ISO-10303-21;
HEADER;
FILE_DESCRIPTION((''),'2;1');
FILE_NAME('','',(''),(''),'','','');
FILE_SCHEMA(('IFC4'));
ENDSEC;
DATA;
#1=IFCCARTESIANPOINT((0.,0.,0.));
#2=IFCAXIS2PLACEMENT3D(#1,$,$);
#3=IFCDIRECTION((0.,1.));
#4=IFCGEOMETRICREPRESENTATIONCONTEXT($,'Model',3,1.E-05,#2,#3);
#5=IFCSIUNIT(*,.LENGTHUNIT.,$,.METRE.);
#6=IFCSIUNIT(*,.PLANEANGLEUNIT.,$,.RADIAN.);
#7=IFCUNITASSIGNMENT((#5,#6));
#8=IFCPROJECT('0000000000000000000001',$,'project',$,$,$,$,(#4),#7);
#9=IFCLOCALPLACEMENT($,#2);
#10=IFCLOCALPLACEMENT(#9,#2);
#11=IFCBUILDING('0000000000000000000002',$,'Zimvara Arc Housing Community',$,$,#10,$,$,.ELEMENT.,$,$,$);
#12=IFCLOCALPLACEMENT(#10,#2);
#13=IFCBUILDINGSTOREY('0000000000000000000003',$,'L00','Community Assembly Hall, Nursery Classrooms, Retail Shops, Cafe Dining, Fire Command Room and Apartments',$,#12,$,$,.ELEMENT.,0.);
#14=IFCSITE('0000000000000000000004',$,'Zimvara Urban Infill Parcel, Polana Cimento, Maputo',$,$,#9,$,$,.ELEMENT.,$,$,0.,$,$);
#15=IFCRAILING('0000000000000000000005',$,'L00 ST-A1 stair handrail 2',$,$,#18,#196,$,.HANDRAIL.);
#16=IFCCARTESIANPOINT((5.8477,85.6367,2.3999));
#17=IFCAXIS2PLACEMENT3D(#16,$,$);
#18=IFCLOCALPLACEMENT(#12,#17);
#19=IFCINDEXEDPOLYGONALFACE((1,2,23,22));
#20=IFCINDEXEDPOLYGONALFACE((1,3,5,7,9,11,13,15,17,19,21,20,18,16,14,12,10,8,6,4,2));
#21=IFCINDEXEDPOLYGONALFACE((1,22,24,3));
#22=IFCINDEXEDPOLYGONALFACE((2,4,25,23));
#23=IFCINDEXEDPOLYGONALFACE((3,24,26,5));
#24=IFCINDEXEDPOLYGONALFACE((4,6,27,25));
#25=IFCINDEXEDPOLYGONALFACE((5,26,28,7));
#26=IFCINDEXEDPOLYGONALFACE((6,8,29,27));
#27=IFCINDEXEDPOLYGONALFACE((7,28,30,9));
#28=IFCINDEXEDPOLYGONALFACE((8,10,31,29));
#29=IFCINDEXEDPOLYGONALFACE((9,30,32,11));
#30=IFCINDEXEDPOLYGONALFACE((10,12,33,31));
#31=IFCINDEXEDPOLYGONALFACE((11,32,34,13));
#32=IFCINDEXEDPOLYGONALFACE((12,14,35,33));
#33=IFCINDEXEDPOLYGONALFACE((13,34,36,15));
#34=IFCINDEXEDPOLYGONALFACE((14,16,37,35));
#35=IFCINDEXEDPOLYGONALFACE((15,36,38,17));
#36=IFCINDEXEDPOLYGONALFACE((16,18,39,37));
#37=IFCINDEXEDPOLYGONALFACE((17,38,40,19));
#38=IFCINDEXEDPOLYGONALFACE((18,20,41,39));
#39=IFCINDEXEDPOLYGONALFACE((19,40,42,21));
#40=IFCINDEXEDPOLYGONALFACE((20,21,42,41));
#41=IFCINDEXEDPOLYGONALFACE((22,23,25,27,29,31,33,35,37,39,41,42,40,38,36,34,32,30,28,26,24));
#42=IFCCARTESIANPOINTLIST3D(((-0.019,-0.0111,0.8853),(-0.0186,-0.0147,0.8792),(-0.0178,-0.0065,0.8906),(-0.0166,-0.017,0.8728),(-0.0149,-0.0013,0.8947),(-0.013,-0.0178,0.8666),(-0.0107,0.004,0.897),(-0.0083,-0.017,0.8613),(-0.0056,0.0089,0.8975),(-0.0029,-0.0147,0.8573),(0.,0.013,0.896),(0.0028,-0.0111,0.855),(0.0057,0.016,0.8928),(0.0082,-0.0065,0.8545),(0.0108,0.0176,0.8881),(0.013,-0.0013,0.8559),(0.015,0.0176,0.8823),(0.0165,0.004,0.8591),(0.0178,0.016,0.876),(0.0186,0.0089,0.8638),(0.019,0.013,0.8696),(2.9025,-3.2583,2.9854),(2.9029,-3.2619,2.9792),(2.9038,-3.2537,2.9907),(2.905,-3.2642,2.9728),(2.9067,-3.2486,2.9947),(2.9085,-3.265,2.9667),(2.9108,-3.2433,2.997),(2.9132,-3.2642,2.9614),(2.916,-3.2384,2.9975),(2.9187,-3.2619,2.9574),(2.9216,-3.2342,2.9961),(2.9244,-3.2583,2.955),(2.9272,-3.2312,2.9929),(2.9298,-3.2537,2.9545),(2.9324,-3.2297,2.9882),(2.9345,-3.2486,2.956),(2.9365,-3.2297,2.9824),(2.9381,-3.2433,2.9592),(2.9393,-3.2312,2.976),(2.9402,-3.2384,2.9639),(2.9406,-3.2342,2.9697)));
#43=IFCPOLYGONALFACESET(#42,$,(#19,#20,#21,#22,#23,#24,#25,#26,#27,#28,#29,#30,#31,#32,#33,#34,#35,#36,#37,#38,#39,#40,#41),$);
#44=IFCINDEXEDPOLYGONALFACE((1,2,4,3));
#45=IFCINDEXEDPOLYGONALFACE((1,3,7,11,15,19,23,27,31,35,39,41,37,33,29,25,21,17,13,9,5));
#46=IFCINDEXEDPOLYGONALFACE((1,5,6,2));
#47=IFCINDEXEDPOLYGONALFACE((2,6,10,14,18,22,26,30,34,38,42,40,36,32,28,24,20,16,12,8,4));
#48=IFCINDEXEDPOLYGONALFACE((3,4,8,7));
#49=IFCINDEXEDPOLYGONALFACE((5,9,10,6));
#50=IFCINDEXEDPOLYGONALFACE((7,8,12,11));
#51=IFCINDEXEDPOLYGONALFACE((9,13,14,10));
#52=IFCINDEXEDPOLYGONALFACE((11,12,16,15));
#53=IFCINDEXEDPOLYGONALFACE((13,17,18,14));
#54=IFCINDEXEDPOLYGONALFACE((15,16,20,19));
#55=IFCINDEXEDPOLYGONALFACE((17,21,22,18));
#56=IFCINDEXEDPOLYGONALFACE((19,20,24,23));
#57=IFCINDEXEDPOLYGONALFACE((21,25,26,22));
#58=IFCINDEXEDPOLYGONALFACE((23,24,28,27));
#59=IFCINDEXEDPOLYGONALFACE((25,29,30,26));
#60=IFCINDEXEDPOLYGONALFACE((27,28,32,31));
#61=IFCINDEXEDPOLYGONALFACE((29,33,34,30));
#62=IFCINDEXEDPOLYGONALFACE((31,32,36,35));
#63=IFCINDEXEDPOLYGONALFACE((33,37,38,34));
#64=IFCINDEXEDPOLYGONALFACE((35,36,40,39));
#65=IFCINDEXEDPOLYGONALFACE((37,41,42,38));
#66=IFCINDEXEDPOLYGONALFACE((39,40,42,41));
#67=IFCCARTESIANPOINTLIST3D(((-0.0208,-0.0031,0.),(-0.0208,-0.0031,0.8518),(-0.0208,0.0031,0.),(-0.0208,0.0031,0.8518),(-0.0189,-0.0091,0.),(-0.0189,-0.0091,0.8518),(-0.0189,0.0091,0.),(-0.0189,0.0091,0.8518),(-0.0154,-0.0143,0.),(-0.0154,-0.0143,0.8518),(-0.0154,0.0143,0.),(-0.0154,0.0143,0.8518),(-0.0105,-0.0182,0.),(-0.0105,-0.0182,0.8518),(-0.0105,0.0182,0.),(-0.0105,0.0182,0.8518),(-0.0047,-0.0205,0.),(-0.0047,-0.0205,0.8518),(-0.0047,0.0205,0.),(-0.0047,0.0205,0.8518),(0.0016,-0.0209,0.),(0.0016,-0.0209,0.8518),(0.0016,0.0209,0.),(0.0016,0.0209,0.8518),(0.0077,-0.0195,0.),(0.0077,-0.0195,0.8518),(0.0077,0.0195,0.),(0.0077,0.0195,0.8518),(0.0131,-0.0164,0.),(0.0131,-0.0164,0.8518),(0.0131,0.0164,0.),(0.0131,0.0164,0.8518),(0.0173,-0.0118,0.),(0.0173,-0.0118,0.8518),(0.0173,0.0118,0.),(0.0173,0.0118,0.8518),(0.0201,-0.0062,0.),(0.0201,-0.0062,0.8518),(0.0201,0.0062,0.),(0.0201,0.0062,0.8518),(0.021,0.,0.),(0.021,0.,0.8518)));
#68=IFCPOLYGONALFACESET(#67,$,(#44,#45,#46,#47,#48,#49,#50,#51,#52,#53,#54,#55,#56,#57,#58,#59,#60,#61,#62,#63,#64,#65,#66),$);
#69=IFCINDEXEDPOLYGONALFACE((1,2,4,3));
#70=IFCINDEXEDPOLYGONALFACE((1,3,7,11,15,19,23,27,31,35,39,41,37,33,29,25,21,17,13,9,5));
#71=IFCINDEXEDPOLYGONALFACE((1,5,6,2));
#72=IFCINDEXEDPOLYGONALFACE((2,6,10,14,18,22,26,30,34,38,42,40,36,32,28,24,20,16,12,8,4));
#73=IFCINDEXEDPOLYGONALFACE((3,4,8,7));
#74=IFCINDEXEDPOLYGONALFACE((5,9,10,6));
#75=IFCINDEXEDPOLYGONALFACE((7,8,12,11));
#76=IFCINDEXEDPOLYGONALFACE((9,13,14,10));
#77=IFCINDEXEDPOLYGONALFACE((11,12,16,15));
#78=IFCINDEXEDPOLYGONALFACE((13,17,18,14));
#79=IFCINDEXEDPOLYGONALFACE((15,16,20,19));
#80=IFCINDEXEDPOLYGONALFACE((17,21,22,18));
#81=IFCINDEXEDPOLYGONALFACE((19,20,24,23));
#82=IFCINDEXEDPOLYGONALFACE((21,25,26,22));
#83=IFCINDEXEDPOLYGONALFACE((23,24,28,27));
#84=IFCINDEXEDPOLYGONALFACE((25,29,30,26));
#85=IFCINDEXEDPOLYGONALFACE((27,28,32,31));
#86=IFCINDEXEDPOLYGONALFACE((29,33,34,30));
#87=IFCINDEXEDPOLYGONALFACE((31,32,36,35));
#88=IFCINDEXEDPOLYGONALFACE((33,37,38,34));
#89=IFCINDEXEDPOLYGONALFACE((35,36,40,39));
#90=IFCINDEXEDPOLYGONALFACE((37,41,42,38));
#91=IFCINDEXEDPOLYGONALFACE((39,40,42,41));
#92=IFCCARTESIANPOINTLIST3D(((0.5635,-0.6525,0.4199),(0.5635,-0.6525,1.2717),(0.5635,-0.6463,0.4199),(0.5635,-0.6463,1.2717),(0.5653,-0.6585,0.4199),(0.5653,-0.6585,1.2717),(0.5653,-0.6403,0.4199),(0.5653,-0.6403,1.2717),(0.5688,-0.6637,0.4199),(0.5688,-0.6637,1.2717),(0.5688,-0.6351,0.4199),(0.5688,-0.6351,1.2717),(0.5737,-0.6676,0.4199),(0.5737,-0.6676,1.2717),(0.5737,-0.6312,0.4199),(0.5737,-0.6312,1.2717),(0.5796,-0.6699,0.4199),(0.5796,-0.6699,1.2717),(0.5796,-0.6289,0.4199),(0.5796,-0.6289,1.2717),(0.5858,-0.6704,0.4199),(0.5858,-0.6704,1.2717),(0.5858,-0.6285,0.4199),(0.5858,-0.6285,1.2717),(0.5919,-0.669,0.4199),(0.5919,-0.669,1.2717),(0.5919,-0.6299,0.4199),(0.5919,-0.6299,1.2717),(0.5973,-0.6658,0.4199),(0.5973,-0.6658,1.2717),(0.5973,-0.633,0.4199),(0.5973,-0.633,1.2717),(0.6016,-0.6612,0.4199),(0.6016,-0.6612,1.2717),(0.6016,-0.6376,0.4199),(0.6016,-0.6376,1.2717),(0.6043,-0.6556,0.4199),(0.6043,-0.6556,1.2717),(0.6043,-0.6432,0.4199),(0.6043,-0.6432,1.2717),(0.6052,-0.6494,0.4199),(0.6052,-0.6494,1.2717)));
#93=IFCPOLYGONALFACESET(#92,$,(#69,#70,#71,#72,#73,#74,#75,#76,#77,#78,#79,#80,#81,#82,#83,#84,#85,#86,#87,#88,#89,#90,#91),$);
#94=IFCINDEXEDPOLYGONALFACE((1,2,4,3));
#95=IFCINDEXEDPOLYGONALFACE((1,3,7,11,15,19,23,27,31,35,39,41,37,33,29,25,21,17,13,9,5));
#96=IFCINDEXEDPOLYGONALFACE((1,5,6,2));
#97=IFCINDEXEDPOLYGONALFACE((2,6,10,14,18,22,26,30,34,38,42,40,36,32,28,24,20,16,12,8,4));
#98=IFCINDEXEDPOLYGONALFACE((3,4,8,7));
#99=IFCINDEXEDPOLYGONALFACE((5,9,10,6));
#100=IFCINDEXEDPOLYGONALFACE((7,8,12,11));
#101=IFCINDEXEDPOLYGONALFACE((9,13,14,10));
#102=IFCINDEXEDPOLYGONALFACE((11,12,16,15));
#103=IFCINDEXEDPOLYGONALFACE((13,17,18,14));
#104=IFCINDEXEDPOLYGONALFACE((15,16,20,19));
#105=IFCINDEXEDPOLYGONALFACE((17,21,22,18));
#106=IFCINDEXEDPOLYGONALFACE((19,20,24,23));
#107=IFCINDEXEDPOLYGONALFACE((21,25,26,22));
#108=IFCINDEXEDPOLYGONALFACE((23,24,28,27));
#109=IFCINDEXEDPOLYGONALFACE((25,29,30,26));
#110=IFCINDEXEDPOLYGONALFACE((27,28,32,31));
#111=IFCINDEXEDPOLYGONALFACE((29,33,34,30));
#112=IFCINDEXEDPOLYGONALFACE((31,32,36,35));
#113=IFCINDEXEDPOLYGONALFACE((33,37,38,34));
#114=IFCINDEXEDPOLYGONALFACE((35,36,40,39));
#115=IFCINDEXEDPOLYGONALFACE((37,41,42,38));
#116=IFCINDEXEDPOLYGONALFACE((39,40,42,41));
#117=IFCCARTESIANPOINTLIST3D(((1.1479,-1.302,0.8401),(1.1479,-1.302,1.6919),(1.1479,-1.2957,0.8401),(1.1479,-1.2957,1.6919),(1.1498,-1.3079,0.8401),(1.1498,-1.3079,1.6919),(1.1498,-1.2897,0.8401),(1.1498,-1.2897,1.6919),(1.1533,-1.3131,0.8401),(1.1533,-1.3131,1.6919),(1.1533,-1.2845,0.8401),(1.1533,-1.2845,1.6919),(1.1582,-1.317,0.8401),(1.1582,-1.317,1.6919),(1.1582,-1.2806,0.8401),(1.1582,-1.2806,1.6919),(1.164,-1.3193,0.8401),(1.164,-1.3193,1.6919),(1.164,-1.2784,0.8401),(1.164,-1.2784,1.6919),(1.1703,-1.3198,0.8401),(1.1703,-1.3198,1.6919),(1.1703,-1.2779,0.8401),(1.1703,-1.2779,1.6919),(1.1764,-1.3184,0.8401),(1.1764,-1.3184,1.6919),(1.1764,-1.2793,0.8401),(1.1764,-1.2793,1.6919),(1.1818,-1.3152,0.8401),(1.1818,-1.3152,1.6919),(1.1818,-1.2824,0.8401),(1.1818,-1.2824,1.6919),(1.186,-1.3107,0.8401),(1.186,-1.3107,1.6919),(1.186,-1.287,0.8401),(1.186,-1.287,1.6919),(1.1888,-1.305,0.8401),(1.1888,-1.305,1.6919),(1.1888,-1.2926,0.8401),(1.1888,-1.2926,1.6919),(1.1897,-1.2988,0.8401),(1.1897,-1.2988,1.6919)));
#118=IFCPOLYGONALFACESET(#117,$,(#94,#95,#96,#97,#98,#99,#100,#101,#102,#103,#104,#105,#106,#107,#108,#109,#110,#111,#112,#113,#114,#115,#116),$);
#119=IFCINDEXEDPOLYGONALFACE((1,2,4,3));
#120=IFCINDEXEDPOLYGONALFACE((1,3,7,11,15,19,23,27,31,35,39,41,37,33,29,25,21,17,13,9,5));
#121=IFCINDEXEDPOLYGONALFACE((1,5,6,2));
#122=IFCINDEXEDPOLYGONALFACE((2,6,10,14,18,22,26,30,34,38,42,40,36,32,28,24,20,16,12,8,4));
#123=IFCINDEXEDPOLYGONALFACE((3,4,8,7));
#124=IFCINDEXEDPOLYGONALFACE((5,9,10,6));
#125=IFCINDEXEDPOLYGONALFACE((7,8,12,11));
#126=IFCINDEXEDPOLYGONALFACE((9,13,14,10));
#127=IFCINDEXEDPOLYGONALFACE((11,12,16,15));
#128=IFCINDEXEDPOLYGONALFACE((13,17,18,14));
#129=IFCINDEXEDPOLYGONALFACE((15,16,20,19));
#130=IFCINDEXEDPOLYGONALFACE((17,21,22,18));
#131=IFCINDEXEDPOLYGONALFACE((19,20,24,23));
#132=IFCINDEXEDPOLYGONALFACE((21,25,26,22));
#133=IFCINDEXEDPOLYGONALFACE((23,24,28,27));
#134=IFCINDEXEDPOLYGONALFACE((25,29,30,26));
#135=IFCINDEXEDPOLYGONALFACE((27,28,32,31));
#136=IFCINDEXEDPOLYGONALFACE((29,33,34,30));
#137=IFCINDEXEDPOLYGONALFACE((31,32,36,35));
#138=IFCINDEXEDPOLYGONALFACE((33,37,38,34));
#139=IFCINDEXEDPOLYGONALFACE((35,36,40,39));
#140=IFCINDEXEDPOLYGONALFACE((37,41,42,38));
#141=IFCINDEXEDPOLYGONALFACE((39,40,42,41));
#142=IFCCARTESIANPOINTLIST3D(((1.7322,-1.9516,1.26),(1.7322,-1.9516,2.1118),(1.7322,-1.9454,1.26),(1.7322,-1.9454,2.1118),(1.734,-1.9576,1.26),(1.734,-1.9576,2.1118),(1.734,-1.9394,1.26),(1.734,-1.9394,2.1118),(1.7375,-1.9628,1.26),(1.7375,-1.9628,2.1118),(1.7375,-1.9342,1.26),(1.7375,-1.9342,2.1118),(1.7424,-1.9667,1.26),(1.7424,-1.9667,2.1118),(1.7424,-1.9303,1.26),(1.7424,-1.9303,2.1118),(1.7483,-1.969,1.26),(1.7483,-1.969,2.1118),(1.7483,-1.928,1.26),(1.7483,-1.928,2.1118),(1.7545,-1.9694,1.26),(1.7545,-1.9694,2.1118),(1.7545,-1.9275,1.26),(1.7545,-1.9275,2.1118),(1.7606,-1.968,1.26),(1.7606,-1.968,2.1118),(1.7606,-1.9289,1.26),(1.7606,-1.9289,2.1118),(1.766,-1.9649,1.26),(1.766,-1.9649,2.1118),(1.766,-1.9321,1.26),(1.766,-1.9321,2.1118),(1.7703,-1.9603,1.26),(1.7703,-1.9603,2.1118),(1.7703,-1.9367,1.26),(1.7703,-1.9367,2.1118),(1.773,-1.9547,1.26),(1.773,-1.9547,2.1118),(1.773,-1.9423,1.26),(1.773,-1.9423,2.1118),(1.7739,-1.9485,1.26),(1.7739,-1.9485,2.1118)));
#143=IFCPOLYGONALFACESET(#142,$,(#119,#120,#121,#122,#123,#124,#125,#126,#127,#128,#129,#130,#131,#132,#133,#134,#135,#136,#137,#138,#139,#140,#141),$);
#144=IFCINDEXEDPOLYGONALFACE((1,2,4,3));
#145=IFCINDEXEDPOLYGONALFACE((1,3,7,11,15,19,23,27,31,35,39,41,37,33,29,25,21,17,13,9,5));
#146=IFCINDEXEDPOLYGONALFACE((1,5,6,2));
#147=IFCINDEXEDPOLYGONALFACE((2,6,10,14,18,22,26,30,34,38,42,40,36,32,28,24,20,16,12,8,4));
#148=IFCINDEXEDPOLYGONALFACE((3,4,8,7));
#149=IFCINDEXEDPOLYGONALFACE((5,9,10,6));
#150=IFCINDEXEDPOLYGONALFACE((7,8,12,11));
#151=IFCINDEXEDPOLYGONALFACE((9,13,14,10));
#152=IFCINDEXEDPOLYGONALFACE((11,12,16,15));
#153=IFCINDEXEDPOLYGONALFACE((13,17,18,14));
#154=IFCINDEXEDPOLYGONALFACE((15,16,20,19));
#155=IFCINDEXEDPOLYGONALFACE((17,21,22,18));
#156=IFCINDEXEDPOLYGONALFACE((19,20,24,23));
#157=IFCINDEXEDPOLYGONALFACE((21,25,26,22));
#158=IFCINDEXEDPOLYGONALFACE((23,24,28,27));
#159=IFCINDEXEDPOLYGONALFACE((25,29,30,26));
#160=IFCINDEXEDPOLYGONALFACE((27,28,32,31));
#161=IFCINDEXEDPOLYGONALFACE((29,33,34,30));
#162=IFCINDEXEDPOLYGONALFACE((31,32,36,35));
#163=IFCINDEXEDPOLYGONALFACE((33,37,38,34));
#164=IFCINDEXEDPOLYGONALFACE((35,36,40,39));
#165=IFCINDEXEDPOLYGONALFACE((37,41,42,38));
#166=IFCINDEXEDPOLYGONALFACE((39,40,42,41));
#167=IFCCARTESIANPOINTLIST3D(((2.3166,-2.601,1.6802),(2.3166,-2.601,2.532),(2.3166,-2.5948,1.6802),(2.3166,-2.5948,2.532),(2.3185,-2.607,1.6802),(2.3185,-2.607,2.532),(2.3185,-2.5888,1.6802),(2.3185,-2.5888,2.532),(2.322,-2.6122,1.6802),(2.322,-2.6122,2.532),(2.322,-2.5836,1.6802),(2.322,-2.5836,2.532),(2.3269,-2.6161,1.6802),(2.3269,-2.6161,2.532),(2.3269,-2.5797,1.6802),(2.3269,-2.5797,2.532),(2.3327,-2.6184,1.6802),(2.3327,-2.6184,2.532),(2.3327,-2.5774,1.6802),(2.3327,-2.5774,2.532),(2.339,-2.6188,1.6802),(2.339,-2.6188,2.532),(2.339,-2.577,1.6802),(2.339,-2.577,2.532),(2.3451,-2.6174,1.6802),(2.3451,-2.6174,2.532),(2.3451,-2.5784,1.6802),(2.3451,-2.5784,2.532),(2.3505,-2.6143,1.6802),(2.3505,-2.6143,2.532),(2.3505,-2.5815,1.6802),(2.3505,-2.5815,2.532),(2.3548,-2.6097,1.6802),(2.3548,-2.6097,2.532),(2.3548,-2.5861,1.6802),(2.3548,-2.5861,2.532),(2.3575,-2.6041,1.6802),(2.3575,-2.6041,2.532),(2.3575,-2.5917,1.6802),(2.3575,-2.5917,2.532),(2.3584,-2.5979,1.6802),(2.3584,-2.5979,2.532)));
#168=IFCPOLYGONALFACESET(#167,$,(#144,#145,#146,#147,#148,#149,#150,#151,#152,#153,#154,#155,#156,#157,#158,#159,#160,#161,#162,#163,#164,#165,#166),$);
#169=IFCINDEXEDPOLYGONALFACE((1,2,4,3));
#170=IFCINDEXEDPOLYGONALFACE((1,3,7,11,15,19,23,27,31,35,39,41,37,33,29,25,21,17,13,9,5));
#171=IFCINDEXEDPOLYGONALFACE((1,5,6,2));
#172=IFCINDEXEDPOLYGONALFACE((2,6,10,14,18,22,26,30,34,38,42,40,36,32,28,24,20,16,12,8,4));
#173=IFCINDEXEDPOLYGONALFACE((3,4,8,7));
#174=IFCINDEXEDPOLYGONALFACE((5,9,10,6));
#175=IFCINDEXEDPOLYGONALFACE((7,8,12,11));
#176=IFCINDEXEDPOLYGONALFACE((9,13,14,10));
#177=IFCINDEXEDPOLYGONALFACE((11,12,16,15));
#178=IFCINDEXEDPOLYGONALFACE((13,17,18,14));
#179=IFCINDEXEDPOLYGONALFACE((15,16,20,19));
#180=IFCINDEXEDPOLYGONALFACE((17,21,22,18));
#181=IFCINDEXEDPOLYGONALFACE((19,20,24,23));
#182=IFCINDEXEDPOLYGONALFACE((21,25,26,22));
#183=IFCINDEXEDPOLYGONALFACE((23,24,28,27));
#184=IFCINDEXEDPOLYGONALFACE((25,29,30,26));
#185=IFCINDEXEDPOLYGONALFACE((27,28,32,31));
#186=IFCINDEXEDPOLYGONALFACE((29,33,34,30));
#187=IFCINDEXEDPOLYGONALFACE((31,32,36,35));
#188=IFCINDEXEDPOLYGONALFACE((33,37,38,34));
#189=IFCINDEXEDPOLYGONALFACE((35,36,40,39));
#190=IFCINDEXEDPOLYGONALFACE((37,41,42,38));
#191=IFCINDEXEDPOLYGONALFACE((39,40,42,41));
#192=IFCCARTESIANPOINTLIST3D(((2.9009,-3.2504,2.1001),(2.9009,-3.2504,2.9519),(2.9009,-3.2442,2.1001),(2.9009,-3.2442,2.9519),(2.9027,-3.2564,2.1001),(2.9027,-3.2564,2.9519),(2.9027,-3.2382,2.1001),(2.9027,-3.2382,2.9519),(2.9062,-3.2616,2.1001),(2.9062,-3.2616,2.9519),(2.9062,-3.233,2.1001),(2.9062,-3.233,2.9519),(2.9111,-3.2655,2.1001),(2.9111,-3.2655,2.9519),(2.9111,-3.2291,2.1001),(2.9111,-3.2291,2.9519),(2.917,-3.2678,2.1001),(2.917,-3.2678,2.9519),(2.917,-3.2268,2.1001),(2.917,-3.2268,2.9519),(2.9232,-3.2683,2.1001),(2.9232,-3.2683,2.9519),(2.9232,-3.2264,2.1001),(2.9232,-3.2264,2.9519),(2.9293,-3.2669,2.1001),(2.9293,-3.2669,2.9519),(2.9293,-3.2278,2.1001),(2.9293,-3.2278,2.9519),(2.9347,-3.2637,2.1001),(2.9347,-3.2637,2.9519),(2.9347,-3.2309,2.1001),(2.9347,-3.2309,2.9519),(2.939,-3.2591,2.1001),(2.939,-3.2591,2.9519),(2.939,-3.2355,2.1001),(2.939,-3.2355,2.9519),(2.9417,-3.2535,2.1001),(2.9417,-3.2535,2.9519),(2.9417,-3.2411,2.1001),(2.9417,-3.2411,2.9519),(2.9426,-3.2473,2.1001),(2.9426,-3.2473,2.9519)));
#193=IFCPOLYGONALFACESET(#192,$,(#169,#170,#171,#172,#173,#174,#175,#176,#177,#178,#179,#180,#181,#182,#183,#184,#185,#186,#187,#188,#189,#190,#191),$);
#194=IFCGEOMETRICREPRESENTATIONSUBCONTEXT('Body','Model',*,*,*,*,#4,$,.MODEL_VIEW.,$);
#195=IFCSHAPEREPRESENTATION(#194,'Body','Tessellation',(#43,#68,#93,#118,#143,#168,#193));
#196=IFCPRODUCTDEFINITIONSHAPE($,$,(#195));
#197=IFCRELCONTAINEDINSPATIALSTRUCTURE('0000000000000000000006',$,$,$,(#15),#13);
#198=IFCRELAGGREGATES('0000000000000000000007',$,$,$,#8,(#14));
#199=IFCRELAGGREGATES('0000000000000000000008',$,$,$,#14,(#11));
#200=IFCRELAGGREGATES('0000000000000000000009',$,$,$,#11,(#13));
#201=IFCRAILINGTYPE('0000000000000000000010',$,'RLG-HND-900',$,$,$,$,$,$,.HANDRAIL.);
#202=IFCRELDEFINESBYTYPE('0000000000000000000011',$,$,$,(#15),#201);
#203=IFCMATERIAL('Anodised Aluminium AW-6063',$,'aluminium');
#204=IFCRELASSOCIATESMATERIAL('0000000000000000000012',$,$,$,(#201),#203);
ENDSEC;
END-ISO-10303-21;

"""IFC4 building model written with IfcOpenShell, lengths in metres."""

from ifc_helpers import new_model, si_unit, direction, frame, origin, origin_2d, place, context, subcontext, project, spatial, circle, extrude, material, type_object, element, save


model = new_model("IFC4")

# Units and contexts
model_context = context("Model", 3, precision=1e-05, world=origin(), true_north=direction((0.0, 1.0)))
body_context = subcontext(model_context, "Body", "Model", "MODEL_VIEW")
ifc_project = project(units=[si_unit("LENGTHUNIT", "METRE"), si_unit("PLANEANGLEUNIT", "RADIAN")], contexts=[model_context])

# Site, building, storey
site_placement = place(None, origin())
site = spatial("IfcSite", under=ifc_project, at=site_placement, Name="Zimvara Urban Infill Parcel, Polana Cimento, Maputo", CompositionType="ELEMENT", RefElevation=0.0)
building_placement = place(site_placement, origin())
building = spatial("IfcBuilding", under=site, at=building_placement, Name="Zimvara Arc Housing Community", CompositionType="ELEMENT")
storey_placement = place(building_placement, origin())
storey = spatial("IfcBuildingStorey", under=building, at=storey_placement, Name="L00", Description="Community Assembly Hall, Nursery Classrooms, Retail Shops, Cafe Dining, Fire Command Room and Apartments", CompositionType="ELEMENT", Elevation=0.0)

# Railing
ifc_material_1 = material(Name="Anodised Aluminium AW-6063", Category="aluminium")
railing_type_1 = type_object("IfcRailingType", Name="RLG-HND-900", PredefinedType="HANDRAIL", material=ifc_material_1)
railing_1_placement = place(storey_placement, frame((5.8477, 85.6367, 2.3999)))
element("IfcRailing", 1, at=railing_1_placement, inside=storey, type_object=railing_type_1, Name="L00 ST-A1 stair handrail 2", PredefinedType="HANDRAIL", context=body_context, shape_type="SweptSolid", body=[
    extrude(circle(Radius=0.0239, at=origin_2d()), frame((0.0, 0.0, 0.876), z_axis=(0.602797, -0.669993, 0.433296), x_axis=(0.743403, 0.668844, 0.0)), (0.0, 0.0, 1.0), 4.8467),
    extrude(circle(Radius=0.021, at=origin_2d()), origin(), (0.0, 0.0, 1.0), 0.8518),
    extrude(circle(Radius=0.021, at=origin_2d()), frame((0.5842, -0.6494, 0.4199)), (0.0, 0.0, 1.0), 0.8518),
    extrude(circle(Radius=0.021, at=origin_2d()), frame((1.1687, -1.2988, 0.8401)), (0.0, 0.0, 1.0), 0.8518),
    extrude(circle(Radius=0.021, at=origin_2d()), frame((1.7529, -1.9485, 1.26)), (0.0, 0.0, 1.0), 0.8518),
    extrude(circle(Radius=0.021, at=origin_2d()), frame((2.3374, -2.5979, 1.6802)), (0.0, 0.0, 1.0), 0.8518),
    extrude(circle(Radius=0.021, at=origin_2d()), frame((2.9216, -3.2473, 2.1001)), (0.0, 0.0, 1.0), 0.8518),
])

save(model, "model.ifc")
